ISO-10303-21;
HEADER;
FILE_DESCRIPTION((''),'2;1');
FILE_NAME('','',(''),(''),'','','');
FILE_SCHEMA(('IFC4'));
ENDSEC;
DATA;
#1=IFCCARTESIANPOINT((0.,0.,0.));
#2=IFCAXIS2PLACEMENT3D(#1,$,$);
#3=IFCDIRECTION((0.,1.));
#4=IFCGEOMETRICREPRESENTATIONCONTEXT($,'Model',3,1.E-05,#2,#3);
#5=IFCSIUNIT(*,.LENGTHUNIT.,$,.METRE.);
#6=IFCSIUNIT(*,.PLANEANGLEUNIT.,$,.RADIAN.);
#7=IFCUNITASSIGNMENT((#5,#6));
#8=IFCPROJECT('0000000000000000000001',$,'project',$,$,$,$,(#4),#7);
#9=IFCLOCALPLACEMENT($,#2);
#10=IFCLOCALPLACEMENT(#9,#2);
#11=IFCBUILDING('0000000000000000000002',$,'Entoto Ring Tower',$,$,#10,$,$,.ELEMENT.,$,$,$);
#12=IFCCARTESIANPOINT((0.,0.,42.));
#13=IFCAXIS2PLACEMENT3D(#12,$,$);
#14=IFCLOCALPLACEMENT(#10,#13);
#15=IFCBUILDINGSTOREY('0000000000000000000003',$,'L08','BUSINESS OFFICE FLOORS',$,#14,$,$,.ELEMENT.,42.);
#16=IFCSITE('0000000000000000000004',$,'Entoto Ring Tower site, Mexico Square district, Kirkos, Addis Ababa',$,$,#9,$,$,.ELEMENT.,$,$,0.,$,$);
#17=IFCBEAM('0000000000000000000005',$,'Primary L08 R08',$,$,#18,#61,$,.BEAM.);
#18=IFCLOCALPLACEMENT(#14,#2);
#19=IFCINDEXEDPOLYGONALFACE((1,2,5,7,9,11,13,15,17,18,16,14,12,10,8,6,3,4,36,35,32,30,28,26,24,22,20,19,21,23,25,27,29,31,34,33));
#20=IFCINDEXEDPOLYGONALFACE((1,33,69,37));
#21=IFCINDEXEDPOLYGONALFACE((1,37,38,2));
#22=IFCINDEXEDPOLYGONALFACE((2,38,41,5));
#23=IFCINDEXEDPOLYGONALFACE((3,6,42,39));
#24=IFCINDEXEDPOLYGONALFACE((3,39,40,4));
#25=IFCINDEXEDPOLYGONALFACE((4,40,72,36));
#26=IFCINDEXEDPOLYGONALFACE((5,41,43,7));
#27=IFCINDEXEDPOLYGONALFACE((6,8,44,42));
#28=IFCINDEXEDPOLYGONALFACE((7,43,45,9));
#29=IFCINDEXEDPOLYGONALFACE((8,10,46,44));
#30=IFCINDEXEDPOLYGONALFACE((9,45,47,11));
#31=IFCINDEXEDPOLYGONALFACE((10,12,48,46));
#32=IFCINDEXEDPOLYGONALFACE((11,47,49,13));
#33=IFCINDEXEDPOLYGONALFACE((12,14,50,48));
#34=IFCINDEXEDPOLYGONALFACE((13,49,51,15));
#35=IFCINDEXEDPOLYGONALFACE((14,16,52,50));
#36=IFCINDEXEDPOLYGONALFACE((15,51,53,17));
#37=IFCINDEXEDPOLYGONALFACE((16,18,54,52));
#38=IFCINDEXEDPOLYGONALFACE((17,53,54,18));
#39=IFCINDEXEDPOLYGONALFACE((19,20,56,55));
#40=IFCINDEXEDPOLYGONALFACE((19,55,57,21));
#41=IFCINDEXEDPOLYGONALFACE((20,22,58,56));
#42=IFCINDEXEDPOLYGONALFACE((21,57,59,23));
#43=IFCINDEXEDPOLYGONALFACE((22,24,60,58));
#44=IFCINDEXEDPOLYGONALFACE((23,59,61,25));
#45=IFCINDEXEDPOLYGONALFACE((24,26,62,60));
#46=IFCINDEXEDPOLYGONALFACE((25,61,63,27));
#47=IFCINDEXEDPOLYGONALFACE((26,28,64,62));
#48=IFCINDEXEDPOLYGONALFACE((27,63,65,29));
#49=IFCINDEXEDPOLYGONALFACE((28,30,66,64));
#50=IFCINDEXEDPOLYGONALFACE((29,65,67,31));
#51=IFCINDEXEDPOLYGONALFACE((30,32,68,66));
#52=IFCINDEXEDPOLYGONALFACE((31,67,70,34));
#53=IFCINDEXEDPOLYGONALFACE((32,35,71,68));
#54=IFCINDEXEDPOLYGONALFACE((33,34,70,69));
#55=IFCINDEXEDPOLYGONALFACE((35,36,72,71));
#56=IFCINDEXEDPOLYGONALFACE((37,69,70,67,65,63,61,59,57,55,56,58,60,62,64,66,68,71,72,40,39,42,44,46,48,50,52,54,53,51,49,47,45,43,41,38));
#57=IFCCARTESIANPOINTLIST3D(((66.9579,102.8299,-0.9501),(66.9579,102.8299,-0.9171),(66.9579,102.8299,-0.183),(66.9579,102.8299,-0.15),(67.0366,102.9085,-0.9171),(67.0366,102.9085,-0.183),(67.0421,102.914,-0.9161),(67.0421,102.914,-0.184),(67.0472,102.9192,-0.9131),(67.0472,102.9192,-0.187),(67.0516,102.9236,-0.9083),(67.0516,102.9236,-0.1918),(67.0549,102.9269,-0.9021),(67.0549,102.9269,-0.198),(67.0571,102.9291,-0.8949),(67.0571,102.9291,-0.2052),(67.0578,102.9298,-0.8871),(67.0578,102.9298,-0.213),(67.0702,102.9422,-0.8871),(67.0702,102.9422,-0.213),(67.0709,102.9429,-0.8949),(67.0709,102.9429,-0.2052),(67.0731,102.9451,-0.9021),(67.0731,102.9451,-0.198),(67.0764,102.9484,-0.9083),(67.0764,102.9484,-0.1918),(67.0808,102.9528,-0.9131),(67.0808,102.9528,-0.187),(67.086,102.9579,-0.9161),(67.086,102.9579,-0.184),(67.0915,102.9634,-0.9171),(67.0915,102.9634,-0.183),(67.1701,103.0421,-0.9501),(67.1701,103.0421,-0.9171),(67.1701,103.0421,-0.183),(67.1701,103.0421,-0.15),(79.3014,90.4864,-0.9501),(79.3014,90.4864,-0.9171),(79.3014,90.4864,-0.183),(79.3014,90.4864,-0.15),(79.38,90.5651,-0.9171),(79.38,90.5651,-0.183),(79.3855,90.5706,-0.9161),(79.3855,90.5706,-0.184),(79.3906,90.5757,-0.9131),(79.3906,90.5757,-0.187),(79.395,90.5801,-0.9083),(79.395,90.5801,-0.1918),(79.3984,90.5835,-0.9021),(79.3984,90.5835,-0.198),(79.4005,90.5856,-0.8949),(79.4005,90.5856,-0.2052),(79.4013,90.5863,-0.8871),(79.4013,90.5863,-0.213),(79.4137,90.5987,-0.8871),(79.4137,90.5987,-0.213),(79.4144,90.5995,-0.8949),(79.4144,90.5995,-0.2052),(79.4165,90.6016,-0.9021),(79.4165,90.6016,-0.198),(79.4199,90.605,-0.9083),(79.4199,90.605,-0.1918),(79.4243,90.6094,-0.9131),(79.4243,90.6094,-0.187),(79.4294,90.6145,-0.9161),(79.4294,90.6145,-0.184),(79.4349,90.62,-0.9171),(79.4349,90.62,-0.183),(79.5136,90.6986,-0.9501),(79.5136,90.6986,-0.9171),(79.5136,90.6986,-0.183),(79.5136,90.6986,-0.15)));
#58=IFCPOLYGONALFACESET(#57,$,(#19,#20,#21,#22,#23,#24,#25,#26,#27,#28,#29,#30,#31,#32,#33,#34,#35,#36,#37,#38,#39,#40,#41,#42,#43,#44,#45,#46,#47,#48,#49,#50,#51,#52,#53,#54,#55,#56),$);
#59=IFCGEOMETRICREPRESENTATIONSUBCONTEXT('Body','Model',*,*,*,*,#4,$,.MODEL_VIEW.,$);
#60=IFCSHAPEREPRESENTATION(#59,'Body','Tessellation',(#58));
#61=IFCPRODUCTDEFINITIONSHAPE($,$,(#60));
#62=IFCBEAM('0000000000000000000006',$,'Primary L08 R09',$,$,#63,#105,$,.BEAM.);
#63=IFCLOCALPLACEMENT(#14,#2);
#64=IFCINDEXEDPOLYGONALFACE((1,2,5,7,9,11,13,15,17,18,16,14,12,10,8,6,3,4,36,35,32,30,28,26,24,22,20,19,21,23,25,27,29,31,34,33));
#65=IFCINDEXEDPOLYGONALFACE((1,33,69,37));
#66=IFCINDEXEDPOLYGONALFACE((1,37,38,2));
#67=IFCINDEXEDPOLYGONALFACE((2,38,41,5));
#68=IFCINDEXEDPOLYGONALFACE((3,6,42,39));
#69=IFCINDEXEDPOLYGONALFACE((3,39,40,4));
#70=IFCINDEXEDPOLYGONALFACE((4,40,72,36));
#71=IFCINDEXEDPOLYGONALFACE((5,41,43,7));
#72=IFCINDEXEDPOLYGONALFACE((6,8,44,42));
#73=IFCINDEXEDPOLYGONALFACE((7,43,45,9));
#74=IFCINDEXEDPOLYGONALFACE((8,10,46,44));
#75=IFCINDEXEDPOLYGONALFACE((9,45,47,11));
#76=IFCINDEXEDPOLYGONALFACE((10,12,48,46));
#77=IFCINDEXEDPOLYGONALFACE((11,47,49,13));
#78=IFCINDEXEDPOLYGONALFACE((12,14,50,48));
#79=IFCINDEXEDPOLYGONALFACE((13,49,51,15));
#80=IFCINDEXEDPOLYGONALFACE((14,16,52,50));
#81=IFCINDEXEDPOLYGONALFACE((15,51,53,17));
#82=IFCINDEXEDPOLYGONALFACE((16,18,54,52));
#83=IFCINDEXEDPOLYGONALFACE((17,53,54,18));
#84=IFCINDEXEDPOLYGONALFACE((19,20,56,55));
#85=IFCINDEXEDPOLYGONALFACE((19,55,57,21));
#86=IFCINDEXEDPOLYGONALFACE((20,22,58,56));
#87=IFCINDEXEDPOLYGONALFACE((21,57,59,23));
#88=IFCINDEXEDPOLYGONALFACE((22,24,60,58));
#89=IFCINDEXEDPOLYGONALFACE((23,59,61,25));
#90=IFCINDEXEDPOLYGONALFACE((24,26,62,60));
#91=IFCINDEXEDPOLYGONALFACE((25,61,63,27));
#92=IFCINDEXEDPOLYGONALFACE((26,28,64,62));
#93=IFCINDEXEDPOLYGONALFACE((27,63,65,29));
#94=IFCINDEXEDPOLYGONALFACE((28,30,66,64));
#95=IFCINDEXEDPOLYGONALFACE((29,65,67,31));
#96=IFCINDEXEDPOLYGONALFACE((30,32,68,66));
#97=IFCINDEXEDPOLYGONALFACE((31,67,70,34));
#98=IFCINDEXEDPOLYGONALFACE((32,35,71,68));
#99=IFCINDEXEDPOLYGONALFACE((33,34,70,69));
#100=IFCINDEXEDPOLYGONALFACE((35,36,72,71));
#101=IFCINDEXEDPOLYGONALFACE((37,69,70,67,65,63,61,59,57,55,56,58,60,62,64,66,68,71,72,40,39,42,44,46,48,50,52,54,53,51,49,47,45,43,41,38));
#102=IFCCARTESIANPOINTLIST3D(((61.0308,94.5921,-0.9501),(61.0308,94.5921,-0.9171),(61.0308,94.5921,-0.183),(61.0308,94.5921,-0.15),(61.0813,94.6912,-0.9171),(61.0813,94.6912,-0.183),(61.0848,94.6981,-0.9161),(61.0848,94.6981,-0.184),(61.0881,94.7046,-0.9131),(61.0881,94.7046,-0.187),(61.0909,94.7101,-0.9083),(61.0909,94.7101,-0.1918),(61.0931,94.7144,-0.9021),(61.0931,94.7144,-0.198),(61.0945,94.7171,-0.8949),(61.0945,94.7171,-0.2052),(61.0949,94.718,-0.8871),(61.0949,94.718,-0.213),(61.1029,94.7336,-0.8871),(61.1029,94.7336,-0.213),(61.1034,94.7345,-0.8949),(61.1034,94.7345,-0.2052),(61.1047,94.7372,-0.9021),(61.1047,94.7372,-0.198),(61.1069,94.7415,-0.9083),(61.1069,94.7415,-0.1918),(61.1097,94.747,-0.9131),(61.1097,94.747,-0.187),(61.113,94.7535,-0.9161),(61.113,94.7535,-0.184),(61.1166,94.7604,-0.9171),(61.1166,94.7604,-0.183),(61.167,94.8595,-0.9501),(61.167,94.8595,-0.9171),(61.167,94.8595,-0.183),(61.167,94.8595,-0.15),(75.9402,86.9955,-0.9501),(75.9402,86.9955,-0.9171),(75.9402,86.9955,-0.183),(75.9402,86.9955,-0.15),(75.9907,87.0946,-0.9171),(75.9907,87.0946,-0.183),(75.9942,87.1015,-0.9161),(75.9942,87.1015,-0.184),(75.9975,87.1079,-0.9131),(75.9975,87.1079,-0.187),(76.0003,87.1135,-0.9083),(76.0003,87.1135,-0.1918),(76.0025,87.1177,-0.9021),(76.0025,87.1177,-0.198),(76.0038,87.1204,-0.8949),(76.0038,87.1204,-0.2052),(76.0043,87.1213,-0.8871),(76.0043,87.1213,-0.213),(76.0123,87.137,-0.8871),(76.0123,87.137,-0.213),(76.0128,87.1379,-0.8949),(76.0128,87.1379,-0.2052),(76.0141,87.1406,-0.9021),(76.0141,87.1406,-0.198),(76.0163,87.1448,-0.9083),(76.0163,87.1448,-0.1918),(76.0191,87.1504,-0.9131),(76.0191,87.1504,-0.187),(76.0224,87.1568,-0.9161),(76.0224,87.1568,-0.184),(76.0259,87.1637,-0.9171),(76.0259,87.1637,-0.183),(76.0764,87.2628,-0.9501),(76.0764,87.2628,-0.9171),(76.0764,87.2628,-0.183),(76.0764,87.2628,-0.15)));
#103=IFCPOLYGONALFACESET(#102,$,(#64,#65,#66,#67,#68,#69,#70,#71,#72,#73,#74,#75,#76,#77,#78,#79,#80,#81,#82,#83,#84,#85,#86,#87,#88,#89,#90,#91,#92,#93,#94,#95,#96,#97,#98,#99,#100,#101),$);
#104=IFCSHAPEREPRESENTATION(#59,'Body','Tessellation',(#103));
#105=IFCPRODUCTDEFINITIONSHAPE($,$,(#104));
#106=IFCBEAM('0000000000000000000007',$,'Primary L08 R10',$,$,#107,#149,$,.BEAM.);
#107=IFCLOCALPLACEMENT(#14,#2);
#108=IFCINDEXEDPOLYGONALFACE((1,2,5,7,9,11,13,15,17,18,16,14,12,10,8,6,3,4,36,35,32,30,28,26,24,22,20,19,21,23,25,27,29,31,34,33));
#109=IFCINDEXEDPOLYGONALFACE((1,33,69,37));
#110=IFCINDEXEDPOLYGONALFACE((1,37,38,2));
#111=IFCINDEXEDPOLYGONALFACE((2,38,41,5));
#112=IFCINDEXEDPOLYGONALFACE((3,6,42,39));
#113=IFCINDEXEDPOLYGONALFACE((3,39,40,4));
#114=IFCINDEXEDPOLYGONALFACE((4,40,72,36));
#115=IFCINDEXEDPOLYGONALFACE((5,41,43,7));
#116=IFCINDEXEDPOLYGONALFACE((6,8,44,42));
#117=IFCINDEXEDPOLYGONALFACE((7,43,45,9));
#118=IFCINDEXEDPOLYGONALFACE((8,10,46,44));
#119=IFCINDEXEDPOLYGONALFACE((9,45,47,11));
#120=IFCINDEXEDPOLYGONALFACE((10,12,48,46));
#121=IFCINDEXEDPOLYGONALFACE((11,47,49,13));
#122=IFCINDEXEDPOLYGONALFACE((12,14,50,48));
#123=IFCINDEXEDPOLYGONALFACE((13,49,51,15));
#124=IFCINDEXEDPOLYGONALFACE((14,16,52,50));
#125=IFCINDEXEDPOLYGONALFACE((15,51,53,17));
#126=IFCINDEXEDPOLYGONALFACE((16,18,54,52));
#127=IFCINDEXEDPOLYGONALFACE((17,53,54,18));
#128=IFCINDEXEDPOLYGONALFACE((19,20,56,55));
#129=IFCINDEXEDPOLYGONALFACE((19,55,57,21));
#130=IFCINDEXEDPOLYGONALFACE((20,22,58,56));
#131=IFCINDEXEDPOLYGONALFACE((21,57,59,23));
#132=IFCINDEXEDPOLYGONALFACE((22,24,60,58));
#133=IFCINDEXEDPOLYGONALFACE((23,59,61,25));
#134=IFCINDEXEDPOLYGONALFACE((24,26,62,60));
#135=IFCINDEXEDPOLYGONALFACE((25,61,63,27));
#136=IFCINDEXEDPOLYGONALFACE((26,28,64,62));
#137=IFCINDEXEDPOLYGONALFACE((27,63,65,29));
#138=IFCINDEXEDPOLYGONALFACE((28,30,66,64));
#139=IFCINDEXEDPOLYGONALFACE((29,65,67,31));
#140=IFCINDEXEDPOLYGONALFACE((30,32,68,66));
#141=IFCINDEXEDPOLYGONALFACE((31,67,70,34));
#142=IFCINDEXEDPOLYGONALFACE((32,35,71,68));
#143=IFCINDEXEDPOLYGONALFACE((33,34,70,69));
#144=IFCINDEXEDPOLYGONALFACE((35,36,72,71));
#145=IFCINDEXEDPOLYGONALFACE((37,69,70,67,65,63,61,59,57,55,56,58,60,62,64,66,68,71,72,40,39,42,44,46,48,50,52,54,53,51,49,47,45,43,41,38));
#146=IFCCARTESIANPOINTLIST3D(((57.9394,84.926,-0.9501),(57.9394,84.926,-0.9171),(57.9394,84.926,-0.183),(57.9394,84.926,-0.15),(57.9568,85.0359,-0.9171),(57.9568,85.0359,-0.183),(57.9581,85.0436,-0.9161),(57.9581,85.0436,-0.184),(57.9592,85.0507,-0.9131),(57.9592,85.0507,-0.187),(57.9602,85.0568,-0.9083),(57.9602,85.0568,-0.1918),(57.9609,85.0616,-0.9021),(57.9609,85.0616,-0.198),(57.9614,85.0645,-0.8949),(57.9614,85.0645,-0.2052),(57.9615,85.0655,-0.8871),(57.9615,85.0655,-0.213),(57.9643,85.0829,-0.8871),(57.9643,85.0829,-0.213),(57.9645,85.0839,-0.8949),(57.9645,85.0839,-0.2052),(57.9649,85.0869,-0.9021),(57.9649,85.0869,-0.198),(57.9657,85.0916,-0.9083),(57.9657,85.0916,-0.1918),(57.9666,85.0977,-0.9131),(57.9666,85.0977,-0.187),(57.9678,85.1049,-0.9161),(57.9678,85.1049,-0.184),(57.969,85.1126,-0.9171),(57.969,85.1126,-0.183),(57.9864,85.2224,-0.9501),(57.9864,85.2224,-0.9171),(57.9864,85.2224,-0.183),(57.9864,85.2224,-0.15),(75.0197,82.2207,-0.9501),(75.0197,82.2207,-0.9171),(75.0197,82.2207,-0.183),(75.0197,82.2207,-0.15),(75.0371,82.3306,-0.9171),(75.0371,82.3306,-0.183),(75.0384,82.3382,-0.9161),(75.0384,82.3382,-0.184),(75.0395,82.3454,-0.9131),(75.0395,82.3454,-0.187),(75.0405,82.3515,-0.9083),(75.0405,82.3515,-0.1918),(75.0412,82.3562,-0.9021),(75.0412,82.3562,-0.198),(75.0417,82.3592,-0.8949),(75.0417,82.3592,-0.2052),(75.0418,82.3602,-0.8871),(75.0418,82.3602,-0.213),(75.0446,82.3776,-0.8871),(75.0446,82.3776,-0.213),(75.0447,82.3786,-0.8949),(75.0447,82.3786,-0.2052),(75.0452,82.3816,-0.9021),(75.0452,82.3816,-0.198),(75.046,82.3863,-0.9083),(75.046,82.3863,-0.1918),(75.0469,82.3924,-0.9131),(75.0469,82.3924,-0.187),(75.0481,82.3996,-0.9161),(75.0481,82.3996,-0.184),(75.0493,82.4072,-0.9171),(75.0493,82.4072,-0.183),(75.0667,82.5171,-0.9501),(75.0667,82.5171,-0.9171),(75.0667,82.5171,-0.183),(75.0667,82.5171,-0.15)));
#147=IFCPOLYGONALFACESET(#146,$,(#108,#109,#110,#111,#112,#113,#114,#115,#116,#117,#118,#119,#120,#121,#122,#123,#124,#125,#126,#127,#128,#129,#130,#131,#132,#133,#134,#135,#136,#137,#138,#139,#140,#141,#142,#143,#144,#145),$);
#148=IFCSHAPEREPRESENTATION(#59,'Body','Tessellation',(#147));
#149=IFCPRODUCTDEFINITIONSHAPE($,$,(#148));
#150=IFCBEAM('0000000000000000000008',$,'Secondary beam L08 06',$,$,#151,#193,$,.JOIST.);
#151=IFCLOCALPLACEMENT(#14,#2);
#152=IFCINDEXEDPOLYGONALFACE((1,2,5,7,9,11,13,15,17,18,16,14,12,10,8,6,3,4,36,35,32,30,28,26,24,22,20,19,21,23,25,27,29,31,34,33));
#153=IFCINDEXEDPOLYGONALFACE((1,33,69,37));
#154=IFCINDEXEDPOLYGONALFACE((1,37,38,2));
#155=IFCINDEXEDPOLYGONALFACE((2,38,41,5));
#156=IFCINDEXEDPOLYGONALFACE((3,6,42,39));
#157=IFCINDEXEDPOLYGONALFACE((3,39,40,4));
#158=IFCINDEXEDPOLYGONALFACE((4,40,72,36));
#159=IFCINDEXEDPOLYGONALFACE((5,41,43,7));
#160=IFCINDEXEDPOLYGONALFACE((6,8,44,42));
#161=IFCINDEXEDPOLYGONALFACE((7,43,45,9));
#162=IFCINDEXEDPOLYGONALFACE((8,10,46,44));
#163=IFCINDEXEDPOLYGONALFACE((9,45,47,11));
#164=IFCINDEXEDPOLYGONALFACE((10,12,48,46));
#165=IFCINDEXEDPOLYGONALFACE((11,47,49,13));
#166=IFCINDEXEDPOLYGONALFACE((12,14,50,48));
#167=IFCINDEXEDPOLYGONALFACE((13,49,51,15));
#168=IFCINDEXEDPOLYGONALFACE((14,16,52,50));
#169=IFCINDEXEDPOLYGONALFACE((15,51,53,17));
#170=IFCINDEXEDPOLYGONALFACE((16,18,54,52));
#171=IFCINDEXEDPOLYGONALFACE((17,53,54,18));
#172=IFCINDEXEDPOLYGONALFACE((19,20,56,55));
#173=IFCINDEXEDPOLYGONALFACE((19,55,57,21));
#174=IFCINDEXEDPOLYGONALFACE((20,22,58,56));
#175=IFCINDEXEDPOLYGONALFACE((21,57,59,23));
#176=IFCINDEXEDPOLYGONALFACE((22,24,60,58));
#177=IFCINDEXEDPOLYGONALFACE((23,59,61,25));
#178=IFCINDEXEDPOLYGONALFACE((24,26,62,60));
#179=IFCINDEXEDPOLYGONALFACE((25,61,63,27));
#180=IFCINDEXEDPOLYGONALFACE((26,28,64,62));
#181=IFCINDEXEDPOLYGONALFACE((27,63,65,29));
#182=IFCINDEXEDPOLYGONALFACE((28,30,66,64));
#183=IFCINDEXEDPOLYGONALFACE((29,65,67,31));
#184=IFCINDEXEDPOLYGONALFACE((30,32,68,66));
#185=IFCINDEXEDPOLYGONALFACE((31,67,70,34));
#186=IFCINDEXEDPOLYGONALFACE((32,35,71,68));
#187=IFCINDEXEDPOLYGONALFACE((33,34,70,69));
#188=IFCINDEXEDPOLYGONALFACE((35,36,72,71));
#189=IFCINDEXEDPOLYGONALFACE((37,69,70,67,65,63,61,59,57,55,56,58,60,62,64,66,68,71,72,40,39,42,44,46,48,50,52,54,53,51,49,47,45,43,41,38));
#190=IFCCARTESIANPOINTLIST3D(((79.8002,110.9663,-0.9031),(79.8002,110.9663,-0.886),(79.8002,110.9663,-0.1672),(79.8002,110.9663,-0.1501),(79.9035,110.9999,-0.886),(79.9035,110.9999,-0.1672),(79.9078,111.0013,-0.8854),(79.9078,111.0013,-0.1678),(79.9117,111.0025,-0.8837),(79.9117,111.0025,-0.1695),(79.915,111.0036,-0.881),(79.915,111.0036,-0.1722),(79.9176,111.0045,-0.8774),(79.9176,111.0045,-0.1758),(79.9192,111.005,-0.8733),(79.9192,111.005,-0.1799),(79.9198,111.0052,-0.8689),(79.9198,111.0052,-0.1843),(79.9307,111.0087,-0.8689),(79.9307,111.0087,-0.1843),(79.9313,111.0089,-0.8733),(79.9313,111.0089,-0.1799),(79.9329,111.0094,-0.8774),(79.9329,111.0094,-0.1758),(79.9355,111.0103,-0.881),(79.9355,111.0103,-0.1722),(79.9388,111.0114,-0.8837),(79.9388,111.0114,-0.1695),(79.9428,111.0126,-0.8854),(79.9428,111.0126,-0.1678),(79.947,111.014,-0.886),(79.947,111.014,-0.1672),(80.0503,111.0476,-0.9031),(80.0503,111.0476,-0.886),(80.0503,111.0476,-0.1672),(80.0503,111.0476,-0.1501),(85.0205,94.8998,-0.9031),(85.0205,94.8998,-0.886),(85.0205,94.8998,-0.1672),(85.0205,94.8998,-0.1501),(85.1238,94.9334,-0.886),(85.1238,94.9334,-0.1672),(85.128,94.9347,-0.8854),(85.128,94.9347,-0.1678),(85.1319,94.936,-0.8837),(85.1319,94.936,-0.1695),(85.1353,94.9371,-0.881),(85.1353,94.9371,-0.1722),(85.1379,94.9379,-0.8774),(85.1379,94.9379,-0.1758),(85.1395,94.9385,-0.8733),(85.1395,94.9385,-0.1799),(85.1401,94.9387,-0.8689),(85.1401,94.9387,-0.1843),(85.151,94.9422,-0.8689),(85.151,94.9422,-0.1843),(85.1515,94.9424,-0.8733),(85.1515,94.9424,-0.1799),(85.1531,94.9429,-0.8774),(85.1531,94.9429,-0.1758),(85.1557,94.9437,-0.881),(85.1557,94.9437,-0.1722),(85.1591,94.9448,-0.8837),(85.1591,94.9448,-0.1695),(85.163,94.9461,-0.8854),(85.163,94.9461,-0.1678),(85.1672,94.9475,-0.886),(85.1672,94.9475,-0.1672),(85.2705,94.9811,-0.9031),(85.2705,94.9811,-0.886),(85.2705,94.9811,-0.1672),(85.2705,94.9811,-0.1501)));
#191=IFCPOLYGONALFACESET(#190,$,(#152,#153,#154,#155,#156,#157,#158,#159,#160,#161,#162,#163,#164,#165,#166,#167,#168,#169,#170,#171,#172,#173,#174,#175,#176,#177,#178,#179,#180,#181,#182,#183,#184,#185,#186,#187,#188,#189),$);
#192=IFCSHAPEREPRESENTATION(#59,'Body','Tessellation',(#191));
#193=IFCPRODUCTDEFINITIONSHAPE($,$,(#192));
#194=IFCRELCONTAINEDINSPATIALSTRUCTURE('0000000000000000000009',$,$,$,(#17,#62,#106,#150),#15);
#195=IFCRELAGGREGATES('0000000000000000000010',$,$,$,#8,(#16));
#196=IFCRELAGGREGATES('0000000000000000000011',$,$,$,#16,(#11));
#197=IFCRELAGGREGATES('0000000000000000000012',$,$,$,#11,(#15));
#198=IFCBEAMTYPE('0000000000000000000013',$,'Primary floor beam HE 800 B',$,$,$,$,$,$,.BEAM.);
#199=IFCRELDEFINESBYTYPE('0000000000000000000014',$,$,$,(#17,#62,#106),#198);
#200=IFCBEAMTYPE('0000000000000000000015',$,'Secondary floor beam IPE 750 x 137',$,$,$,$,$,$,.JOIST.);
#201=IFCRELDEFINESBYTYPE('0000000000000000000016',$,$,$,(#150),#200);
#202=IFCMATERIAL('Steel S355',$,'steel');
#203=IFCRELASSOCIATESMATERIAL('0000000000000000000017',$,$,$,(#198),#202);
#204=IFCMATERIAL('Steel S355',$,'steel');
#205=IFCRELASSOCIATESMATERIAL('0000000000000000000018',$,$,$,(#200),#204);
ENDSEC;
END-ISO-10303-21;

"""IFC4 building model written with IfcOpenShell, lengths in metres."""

from ifc_helpers import new_model, si_unit, direction, frame, origin, origin_2d, place, context, subcontext, project, spatial, i_section, extrude, material, material_profile, profile_set, type_object, element, save


model = new_model("IFC4")

# Units and contexts
model_context = context("Model", 3, precision=1e-05, world=origin(), true_north=direction((0.0, 1.0)))
body_context = subcontext(model_context, "Body", "Model", "MODEL_VIEW")
ifc_project = project(units=[si_unit("LENGTHUNIT", "METRE"), si_unit("PLANEANGLEUNIT", "RADIAN")], contexts=[model_context])

# Site, building, storey
site_placement = place(None, origin())
site = spatial("IfcSite", under=ifc_project, at=site_placement, Name="Entoto Ring Tower site, Mexico Square district, Kirkos, Addis Ababa", CompositionType="ELEMENT", RefElevation=0.0)
building_placement = place(site_placement, origin())
building = spatial("IfcBuilding", under=site, at=building_placement, Name="Entoto Ring Tower", CompositionType="ELEMENT")
storey_placement = place(building_placement, frame((0.0, 0.0, 42.0)))
storey = spatial("IfcBuildingStorey", under=building, at=storey_placement, Name="L08", Description="BUSINESS OFFICE FLOORS", CompositionType="ELEMENT", Elevation=42.0)

# Beams
ifc_material_1 = material(Name="Steel S355", Category="steel")
ifc_material_profile_1 = material_profile(ifc_material_1, i_section(OverallWidth=0.3, OverallDepth=0.8, WebThickness=0.0176, FlangeThickness=0.033, FilletRadius=0.03, at=origin_2d()), Name="HE 800 B")
ifc_profile_set_1 = profile_set([ifc_material_profile_1], Name="Steel S355")
beam_type_1 = type_object("IfcBeamType", Name="Primary floor beam HE 800 B", PredefinedType="BEAM", material=ifc_profile_set_1)
beam_1_placement = place(storey_placement, frame((79.4075, 90.5925, -0.55), z_axis=(-0.707107, 0.707107, 0.0), x_axis=(-0.707107, -0.707107, 0.0)))
element("IfcBeam", 1, at=beam_1_placement, inside=storey, type_object=beam_type_1, Name="Primary L08 R08", PredefinedType="BEAM", context=body_context, shape_type="SweptSolid", body=[
    extrude(i_section(OverallWidth=0.3, OverallDepth=0.8, WebThickness=0.0176, FlangeThickness=0.033, FilletRadius=0.03, at=origin_2d()), origin(), (0.0, 0.0, 1.0), 17.4563),
])
beam_2_placement = place(storey_placement, frame((76.0083, 87.1292, -0.55), z_axis=(-0.891008, 0.453988, 0.0), x_axis=(-0.453988, -0.891008, 0.0)))
element("IfcBeam", 2, at=beam_2_placement, inside=storey, type_object=beam_type_1, Name="Primary L08 R09", PredefinedType="BEAM", context=body_context, shape_type="SweptSolid", body=[
    extrude(i_section(OverallWidth=0.3, OverallDepth=0.8, WebThickness=0.0176, FlangeThickness=0.033, FilletRadius=0.03, at=origin_2d()), origin(), (0.0, 0.0, 1.0), 16.7332),
])
beam_3_placement = place(storey_placement, frame((75.0432, 82.3689, -0.55), z_axis=(-0.987688, 0.156438, 0.0), x_axis=(-0.156438, -0.987688, 0.0)))
element("IfcBeam", 3, at=beam_3_placement, inside=storey, type_object=beam_type_1, Name="Primary L08 R10", PredefinedType="BEAM", context=body_context, shape_type="SweptSolid", body=[
    extrude(i_section(OverallWidth=0.3, OverallDepth=0.8, WebThickness=0.0176, FlangeThickness=0.033, FilletRadius=0.03, at=origin_2d()), origin(), (0.0, 0.0, 1.0), 17.2932),
])
ifc_material_2 = material(Name="Steel S355", Category="steel")
ifc_material_profile_2 = material_profile(ifc_material_2, i_section(OverallWidth=0.2629, OverallDepth=0.7529, WebThickness=0.0115, FlangeThickness=0.0171, FilletRadius=0.0171, at=origin_2d()), Name="IPE 750 x 137")
ifc_profile_set_2 = profile_set([ifc_material_profile_2], Name="Steel S355")
beam_type_2 = type_object("IfcBeamType", Name="Secondary floor beam IPE 750 x 137", PredefinedType="JOIST", material=ifc_profile_set_2)
beam_4_placement = place(storey_placement, frame((85.1455, 94.9404, -0.5266), z_axis=(-0.309013, 0.951058, 0.0), x_axis=(-0.951058, -0.309013, 0.0)))
element("IfcBeam", 4, at=beam_4_placement, inside=storey, type_object=beam_type_2, Name="Secondary beam L08 06", PredefinedType="JOIST", context=body_context, shape_type="SweptSolid", body=[
    extrude(i_section(OverallWidth=0.2629, OverallDepth=0.7529, WebThickness=0.0115, FlangeThickness=0.0171, FilletRadius=0.0171, at=origin_2d()), origin(), (0.0, 0.0, 1.0), 16.8933),
])

save(model, "model.ifc")
